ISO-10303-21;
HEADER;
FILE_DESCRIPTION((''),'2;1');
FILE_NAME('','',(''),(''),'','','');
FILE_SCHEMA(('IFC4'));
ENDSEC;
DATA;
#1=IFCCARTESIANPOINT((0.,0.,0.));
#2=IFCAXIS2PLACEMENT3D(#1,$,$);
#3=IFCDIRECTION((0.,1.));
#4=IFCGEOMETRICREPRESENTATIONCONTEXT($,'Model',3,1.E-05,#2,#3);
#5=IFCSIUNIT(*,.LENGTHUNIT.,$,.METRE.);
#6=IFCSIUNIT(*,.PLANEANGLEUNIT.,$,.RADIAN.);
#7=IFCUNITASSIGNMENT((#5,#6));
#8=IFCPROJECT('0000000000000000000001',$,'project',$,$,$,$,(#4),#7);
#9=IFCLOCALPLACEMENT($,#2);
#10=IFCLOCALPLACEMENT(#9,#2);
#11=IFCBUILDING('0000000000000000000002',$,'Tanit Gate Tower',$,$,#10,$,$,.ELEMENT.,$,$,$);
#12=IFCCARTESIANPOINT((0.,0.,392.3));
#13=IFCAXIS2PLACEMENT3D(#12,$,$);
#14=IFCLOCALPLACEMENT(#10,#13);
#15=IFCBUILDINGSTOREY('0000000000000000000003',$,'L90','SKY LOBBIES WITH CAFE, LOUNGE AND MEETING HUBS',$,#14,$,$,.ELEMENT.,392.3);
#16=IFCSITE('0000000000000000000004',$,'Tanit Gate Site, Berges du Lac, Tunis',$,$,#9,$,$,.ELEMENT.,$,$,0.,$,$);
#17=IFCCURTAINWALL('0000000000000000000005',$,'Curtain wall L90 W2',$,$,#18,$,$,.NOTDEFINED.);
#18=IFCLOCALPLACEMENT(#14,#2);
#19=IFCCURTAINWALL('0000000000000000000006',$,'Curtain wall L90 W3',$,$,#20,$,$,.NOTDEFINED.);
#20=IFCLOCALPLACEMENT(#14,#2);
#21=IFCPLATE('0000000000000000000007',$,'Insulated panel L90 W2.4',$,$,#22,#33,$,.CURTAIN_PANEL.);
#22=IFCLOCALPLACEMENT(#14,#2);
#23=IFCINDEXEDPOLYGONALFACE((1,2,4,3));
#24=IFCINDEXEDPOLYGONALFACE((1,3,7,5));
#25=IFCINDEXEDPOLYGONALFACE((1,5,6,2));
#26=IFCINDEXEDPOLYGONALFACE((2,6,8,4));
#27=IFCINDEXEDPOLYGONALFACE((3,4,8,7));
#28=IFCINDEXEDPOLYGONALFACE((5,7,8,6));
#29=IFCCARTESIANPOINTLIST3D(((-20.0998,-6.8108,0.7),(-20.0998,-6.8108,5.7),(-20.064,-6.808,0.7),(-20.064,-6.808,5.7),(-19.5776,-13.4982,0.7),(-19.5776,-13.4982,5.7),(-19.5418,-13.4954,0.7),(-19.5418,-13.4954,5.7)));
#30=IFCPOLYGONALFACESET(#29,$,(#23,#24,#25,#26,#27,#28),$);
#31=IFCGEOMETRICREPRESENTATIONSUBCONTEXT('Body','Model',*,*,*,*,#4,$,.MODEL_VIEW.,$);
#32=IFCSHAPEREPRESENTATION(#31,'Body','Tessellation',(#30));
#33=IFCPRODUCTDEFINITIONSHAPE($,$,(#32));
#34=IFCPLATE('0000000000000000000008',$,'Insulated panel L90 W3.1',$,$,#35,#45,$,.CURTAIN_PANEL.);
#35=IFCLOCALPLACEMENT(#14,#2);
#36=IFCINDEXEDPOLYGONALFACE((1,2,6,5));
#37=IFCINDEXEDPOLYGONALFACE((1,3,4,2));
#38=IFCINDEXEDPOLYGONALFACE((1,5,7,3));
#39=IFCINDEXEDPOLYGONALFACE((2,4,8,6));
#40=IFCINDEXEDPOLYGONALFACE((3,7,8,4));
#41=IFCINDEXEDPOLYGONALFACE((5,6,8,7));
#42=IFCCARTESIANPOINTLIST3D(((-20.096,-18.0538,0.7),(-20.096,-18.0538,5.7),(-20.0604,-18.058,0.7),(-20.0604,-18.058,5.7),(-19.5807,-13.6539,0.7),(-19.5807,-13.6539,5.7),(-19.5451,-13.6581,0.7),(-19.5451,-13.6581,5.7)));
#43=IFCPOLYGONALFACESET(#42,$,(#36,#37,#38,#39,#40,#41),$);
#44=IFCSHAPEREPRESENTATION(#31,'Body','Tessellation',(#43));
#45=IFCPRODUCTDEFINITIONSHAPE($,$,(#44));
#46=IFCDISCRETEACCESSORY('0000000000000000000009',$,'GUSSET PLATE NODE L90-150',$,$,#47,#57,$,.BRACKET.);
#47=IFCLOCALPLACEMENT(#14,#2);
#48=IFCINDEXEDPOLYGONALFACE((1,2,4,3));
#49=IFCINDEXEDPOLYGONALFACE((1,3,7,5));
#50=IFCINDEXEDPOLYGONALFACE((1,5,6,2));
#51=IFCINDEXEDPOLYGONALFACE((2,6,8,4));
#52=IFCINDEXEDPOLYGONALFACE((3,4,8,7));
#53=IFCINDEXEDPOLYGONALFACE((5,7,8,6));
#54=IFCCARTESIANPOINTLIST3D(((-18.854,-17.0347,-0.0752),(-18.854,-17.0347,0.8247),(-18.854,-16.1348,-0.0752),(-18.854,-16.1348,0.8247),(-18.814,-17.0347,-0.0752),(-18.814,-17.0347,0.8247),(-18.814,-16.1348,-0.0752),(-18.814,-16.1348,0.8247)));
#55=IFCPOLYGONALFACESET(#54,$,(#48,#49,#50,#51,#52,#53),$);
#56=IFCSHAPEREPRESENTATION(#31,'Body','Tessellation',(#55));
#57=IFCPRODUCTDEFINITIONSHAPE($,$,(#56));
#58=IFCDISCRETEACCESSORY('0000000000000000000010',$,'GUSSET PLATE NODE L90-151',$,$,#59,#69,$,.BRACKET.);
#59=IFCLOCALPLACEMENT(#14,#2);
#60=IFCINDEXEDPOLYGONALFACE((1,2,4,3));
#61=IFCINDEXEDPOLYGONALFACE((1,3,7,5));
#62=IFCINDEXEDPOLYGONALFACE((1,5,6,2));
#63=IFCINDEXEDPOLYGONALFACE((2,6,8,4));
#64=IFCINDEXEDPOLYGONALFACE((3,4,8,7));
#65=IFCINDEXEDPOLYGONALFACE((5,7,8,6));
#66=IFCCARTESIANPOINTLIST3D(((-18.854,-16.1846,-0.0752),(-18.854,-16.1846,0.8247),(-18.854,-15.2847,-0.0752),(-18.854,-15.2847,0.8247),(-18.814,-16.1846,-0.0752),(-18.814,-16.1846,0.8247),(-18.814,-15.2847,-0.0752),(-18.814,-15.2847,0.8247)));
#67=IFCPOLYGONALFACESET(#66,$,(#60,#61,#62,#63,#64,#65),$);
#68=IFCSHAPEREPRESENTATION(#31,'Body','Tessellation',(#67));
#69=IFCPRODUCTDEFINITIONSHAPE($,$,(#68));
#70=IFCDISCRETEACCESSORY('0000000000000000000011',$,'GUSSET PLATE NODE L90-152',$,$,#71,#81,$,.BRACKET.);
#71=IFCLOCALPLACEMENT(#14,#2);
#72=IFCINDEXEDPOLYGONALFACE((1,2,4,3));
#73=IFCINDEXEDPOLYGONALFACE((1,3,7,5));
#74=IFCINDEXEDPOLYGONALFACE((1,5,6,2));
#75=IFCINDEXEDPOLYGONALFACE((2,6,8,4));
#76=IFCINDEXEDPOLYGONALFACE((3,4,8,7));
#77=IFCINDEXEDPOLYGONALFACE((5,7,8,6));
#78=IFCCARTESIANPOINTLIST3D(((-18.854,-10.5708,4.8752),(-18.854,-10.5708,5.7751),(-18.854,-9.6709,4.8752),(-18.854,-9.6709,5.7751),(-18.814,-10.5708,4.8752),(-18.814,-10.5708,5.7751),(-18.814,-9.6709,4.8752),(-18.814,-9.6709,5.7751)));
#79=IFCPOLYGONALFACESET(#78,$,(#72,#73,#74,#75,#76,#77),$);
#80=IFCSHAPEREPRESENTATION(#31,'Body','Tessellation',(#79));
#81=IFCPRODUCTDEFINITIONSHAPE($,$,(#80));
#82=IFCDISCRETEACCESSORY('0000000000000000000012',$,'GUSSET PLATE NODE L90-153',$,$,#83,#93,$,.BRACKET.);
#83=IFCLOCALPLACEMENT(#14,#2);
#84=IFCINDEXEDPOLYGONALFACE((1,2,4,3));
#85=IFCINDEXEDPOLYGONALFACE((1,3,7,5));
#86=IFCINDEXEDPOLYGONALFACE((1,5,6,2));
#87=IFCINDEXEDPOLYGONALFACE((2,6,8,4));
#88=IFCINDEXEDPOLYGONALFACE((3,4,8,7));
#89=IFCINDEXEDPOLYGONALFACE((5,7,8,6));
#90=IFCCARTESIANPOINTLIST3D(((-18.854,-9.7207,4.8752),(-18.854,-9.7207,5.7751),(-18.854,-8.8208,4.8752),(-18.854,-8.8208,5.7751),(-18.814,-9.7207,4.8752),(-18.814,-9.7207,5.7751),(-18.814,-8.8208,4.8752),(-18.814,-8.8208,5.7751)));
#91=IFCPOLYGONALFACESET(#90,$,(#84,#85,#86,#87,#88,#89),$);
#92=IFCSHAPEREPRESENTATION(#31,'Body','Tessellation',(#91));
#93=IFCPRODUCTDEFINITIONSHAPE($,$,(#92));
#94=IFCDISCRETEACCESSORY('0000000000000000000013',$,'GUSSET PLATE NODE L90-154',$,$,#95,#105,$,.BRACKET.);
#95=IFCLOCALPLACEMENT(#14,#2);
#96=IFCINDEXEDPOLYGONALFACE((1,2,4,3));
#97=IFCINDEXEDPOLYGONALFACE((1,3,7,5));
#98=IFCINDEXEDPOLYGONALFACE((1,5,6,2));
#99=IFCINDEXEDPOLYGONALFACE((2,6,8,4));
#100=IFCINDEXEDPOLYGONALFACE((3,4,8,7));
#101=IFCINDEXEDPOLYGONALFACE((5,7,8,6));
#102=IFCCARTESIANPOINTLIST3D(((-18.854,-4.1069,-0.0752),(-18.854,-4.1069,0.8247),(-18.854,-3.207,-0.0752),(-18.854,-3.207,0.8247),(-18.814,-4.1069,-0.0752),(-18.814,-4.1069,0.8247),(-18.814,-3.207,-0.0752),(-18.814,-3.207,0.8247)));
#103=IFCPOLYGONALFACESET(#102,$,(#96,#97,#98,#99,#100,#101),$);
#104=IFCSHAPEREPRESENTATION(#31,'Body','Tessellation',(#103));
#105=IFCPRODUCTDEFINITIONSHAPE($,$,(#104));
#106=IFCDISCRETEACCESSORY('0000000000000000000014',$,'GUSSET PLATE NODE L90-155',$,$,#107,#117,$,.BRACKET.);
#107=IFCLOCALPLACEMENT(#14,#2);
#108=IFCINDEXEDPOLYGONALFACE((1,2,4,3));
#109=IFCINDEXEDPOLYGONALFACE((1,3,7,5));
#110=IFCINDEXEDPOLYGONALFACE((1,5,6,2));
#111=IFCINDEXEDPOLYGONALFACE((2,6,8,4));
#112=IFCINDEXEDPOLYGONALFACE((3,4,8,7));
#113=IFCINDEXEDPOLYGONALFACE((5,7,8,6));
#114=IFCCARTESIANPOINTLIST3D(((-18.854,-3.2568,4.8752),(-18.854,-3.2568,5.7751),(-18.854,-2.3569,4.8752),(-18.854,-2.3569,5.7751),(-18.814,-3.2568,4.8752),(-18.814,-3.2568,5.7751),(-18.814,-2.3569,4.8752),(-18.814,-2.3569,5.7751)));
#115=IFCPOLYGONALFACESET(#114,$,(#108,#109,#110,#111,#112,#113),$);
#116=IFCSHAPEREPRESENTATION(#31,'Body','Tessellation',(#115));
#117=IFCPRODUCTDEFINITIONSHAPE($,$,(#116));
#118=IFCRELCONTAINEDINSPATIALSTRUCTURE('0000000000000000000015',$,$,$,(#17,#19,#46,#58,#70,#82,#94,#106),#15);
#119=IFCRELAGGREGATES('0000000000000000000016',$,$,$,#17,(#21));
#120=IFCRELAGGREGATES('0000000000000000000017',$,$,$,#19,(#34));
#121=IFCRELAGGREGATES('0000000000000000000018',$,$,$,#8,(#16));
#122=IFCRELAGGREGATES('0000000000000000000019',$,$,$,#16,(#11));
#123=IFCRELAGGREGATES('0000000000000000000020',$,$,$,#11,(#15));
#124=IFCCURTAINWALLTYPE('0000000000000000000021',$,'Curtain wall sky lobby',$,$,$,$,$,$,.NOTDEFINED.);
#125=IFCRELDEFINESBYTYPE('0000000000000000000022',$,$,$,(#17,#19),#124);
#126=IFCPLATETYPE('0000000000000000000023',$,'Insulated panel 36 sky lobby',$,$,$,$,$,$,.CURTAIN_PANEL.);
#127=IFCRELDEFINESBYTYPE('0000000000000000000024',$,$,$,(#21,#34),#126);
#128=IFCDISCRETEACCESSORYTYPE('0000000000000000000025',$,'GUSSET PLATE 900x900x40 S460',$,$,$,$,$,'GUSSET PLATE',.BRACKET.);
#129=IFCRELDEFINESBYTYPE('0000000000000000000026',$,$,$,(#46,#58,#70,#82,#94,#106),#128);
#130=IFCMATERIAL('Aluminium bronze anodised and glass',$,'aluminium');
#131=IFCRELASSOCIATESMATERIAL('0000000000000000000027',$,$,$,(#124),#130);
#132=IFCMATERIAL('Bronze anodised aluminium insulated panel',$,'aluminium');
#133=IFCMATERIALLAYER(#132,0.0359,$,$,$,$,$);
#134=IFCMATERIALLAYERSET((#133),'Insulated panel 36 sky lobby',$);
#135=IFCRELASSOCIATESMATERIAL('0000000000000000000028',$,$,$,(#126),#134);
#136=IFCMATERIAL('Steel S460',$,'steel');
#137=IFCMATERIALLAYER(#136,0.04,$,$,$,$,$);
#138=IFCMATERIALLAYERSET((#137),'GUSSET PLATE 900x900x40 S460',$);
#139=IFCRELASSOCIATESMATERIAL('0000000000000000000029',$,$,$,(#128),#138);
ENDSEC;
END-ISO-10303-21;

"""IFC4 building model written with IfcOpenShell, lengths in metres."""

from ifc_helpers import new_model, si_unit, direction, frame, origin, origin_2d, place, context, subcontext, project, spatial, rectangle, extrude, material, layer, layer_set, type_object, element, aggregate, save


model = new_model("IFC4")

# Units and contexts
model_context = context("Model", 3, precision=1e-05, world=origin(), true_north=direction((0.0, 1.0)))
body_context = subcontext(model_context, "Body", "Model", "MODEL_VIEW")
ifc_project = project(units=[si_unit("LENGTHUNIT", "METRE"), si_unit("PLANEANGLEUNIT", "RADIAN")], contexts=[model_context])

# Site, building, storey
site_placement = place(None, origin())
site = spatial("IfcSite", under=ifc_project, at=site_placement, Name="Tanit Gate Site, Berges du Lac, Tunis", CompositionType="ELEMENT", RefElevation=0.0)
building_placement = place(site_placement, origin())
building = spatial("IfcBuilding", under=site, at=building_placement, Name="Tanit Gate Tower", CompositionType="ELEMENT")
storey_placement = place(building_placement, frame((0.0, 0.0, 392.3)))
storey = spatial("IfcBuildingStorey", under=building, at=storey_placement, Name="L90", Description="SKY LOBBIES WITH CAFE, LOUNGE AND MEETING HUBS", CompositionType="ELEMENT", Elevation=392.3)

# Curtain wall
ifc_material_1 = material(Name="Aluminium bronze anodised and glass", Category="aluminium")
curtain_wall_type = type_object("IfcCurtainWallType", Name="Curtain wall sky lobby", PredefinedType="NOTDEFINED", material=ifc_material_1)
curtain_wall_1_placement = place(storey_placement, origin())
curtain_wall_1 = element("IfcCurtainWall", 1, at=curtain_wall_1_placement, inside=storey, type_object=curtain_wall_type, Name="Curtain wall L90 W2", PredefinedType="NOTDEFINED")

# Curtain wall
curtain_wall_2_placement = place(storey_placement, origin())
curtain_wall_2 = element("IfcCurtainWall", 2, at=curtain_wall_2_placement, inside=storey, type_object=curtain_wall_type, Name="Curtain wall L90 W3", PredefinedType="NOTDEFINED")

# Plates
ifc_material_2 = material(Name="Bronze anodised aluminium insulated panel", Category="aluminium")
ifc_layer_1 = layer(ifc_material_2, 0.0359)
ifc_layer_set_1 = layer_set([ifc_layer_1], Name="Insulated panel 36 sky lobby")
plate_type = type_object("IfcPlateType", Name="Insulated panel 36 sky lobby", PredefinedType="CURTAIN_PANEL", material=ifc_layer_set_1)
plate_1_placement = place(storey_placement, frame((-19.8208, -10.1531, 0.7), z_axis=(0.0, 0.0, 1.0), x_axis=(0.077839, -0.996966, 0.0)))
plate_1 = element("IfcPlate", 3, at=plate_1_placement, type_object=plate_type, Name="Insulated panel L90 W2.4", PredefinedType="CURTAIN_PANEL", context=body_context, shape_type="SweptSolid", body=[
    extrude(rectangle(XDim=6.7078, YDim=0.0359, at=origin_2d()), origin(), (0.0, 0.0, 1.0), 5.0),
])
aggregate(curtain_wall_1, [plate_1])
plate_2_placement = place(storey_placement, frame((-19.8206, -15.856, 0.7), z_axis=(0.0, 0.0, 1.0), x_axis=(-0.116318, -0.993212, 0.0)))
plate_2 = element("IfcPlate", 4, at=plate_2_placement, type_object=plate_type, Name="Insulated panel L90 W3.1", PredefinedType="CURTAIN_PANEL", context=body_context, shape_type="SweptSolid", body=[
    extrude(rectangle(XDim=4.4299, YDim=0.0359, at=origin_2d()), origin(), (0.0, 0.0, 1.0), 5.0),
])
aggregate(curtain_wall_2, [plate_2])

# Discrete accessories
ifc_material_3 = material(Name="Steel S460", Category="steel")
ifc_layer_2 = layer(ifc_material_3, 0.04)
ifc_layer_set_2 = layer_set([ifc_layer_2], Name="GUSSET PLATE 900x900x40 S460")
discrete_accessory_type = type_object("IfcDiscreteAccessoryType", Name="GUSSET PLATE 900x900x40 S460", ElementType="GUSSET PLATE", PredefinedType="BRACKET", material=ifc_layer_set_2)
for number, where, z_axis, x_axis, name in (
    (5, (-18.834, -16.5847, -0.0752), (0.0, 0.0, 1.0), (0.0, -1.0, 0.0), "GUSSET PLATE NODE L90-150"),
    (6, (-18.834, -15.7346, -0.0752), (0.0, 0.0, 1.0), (0.0, 1.0, 0.0), "GUSSET PLATE NODE L90-151"),
    (7, (-18.834, -10.1208, 4.8752), (0.0, 0.0, 1.0), (0.0, -1.0, 0.0), "GUSSET PLATE NODE L90-152"),
    (8, (-18.834, -9.2708, 4.8752), (0.0, 0.0, 1.0), (0.0, 1.0, 0.0), "GUSSET PLATE NODE L90-153"),
    (9, (-18.834, -3.657, -0.0752), (0.0, 0.0, 1.0), (0.0, -1.0, 0.0), "GUSSET PLATE NODE L90-154"),
    (10, (-18.834, -2.8069, 4.8752), (0.0, 0.0, 1.0), (0.0, 1.0, 0.0), "GUSSET PLATE NODE L90-155"),
):
    element("IfcDiscreteAccessory", number, at=place(storey_placement, frame(where, z_axis=z_axis, x_axis=x_axis)), inside=storey, type_object=discrete_accessory_type, Name=name, PredefinedType="BRACKET", context=body_context, shape_type="SweptSolid", body=[
        extrude(rectangle(XDim=0.8999, YDim=0.04, at=origin_2d()), origin(), (0.0, 0.0, 1.0), 0.8999),
    ])

save(model, "model.ifc")
